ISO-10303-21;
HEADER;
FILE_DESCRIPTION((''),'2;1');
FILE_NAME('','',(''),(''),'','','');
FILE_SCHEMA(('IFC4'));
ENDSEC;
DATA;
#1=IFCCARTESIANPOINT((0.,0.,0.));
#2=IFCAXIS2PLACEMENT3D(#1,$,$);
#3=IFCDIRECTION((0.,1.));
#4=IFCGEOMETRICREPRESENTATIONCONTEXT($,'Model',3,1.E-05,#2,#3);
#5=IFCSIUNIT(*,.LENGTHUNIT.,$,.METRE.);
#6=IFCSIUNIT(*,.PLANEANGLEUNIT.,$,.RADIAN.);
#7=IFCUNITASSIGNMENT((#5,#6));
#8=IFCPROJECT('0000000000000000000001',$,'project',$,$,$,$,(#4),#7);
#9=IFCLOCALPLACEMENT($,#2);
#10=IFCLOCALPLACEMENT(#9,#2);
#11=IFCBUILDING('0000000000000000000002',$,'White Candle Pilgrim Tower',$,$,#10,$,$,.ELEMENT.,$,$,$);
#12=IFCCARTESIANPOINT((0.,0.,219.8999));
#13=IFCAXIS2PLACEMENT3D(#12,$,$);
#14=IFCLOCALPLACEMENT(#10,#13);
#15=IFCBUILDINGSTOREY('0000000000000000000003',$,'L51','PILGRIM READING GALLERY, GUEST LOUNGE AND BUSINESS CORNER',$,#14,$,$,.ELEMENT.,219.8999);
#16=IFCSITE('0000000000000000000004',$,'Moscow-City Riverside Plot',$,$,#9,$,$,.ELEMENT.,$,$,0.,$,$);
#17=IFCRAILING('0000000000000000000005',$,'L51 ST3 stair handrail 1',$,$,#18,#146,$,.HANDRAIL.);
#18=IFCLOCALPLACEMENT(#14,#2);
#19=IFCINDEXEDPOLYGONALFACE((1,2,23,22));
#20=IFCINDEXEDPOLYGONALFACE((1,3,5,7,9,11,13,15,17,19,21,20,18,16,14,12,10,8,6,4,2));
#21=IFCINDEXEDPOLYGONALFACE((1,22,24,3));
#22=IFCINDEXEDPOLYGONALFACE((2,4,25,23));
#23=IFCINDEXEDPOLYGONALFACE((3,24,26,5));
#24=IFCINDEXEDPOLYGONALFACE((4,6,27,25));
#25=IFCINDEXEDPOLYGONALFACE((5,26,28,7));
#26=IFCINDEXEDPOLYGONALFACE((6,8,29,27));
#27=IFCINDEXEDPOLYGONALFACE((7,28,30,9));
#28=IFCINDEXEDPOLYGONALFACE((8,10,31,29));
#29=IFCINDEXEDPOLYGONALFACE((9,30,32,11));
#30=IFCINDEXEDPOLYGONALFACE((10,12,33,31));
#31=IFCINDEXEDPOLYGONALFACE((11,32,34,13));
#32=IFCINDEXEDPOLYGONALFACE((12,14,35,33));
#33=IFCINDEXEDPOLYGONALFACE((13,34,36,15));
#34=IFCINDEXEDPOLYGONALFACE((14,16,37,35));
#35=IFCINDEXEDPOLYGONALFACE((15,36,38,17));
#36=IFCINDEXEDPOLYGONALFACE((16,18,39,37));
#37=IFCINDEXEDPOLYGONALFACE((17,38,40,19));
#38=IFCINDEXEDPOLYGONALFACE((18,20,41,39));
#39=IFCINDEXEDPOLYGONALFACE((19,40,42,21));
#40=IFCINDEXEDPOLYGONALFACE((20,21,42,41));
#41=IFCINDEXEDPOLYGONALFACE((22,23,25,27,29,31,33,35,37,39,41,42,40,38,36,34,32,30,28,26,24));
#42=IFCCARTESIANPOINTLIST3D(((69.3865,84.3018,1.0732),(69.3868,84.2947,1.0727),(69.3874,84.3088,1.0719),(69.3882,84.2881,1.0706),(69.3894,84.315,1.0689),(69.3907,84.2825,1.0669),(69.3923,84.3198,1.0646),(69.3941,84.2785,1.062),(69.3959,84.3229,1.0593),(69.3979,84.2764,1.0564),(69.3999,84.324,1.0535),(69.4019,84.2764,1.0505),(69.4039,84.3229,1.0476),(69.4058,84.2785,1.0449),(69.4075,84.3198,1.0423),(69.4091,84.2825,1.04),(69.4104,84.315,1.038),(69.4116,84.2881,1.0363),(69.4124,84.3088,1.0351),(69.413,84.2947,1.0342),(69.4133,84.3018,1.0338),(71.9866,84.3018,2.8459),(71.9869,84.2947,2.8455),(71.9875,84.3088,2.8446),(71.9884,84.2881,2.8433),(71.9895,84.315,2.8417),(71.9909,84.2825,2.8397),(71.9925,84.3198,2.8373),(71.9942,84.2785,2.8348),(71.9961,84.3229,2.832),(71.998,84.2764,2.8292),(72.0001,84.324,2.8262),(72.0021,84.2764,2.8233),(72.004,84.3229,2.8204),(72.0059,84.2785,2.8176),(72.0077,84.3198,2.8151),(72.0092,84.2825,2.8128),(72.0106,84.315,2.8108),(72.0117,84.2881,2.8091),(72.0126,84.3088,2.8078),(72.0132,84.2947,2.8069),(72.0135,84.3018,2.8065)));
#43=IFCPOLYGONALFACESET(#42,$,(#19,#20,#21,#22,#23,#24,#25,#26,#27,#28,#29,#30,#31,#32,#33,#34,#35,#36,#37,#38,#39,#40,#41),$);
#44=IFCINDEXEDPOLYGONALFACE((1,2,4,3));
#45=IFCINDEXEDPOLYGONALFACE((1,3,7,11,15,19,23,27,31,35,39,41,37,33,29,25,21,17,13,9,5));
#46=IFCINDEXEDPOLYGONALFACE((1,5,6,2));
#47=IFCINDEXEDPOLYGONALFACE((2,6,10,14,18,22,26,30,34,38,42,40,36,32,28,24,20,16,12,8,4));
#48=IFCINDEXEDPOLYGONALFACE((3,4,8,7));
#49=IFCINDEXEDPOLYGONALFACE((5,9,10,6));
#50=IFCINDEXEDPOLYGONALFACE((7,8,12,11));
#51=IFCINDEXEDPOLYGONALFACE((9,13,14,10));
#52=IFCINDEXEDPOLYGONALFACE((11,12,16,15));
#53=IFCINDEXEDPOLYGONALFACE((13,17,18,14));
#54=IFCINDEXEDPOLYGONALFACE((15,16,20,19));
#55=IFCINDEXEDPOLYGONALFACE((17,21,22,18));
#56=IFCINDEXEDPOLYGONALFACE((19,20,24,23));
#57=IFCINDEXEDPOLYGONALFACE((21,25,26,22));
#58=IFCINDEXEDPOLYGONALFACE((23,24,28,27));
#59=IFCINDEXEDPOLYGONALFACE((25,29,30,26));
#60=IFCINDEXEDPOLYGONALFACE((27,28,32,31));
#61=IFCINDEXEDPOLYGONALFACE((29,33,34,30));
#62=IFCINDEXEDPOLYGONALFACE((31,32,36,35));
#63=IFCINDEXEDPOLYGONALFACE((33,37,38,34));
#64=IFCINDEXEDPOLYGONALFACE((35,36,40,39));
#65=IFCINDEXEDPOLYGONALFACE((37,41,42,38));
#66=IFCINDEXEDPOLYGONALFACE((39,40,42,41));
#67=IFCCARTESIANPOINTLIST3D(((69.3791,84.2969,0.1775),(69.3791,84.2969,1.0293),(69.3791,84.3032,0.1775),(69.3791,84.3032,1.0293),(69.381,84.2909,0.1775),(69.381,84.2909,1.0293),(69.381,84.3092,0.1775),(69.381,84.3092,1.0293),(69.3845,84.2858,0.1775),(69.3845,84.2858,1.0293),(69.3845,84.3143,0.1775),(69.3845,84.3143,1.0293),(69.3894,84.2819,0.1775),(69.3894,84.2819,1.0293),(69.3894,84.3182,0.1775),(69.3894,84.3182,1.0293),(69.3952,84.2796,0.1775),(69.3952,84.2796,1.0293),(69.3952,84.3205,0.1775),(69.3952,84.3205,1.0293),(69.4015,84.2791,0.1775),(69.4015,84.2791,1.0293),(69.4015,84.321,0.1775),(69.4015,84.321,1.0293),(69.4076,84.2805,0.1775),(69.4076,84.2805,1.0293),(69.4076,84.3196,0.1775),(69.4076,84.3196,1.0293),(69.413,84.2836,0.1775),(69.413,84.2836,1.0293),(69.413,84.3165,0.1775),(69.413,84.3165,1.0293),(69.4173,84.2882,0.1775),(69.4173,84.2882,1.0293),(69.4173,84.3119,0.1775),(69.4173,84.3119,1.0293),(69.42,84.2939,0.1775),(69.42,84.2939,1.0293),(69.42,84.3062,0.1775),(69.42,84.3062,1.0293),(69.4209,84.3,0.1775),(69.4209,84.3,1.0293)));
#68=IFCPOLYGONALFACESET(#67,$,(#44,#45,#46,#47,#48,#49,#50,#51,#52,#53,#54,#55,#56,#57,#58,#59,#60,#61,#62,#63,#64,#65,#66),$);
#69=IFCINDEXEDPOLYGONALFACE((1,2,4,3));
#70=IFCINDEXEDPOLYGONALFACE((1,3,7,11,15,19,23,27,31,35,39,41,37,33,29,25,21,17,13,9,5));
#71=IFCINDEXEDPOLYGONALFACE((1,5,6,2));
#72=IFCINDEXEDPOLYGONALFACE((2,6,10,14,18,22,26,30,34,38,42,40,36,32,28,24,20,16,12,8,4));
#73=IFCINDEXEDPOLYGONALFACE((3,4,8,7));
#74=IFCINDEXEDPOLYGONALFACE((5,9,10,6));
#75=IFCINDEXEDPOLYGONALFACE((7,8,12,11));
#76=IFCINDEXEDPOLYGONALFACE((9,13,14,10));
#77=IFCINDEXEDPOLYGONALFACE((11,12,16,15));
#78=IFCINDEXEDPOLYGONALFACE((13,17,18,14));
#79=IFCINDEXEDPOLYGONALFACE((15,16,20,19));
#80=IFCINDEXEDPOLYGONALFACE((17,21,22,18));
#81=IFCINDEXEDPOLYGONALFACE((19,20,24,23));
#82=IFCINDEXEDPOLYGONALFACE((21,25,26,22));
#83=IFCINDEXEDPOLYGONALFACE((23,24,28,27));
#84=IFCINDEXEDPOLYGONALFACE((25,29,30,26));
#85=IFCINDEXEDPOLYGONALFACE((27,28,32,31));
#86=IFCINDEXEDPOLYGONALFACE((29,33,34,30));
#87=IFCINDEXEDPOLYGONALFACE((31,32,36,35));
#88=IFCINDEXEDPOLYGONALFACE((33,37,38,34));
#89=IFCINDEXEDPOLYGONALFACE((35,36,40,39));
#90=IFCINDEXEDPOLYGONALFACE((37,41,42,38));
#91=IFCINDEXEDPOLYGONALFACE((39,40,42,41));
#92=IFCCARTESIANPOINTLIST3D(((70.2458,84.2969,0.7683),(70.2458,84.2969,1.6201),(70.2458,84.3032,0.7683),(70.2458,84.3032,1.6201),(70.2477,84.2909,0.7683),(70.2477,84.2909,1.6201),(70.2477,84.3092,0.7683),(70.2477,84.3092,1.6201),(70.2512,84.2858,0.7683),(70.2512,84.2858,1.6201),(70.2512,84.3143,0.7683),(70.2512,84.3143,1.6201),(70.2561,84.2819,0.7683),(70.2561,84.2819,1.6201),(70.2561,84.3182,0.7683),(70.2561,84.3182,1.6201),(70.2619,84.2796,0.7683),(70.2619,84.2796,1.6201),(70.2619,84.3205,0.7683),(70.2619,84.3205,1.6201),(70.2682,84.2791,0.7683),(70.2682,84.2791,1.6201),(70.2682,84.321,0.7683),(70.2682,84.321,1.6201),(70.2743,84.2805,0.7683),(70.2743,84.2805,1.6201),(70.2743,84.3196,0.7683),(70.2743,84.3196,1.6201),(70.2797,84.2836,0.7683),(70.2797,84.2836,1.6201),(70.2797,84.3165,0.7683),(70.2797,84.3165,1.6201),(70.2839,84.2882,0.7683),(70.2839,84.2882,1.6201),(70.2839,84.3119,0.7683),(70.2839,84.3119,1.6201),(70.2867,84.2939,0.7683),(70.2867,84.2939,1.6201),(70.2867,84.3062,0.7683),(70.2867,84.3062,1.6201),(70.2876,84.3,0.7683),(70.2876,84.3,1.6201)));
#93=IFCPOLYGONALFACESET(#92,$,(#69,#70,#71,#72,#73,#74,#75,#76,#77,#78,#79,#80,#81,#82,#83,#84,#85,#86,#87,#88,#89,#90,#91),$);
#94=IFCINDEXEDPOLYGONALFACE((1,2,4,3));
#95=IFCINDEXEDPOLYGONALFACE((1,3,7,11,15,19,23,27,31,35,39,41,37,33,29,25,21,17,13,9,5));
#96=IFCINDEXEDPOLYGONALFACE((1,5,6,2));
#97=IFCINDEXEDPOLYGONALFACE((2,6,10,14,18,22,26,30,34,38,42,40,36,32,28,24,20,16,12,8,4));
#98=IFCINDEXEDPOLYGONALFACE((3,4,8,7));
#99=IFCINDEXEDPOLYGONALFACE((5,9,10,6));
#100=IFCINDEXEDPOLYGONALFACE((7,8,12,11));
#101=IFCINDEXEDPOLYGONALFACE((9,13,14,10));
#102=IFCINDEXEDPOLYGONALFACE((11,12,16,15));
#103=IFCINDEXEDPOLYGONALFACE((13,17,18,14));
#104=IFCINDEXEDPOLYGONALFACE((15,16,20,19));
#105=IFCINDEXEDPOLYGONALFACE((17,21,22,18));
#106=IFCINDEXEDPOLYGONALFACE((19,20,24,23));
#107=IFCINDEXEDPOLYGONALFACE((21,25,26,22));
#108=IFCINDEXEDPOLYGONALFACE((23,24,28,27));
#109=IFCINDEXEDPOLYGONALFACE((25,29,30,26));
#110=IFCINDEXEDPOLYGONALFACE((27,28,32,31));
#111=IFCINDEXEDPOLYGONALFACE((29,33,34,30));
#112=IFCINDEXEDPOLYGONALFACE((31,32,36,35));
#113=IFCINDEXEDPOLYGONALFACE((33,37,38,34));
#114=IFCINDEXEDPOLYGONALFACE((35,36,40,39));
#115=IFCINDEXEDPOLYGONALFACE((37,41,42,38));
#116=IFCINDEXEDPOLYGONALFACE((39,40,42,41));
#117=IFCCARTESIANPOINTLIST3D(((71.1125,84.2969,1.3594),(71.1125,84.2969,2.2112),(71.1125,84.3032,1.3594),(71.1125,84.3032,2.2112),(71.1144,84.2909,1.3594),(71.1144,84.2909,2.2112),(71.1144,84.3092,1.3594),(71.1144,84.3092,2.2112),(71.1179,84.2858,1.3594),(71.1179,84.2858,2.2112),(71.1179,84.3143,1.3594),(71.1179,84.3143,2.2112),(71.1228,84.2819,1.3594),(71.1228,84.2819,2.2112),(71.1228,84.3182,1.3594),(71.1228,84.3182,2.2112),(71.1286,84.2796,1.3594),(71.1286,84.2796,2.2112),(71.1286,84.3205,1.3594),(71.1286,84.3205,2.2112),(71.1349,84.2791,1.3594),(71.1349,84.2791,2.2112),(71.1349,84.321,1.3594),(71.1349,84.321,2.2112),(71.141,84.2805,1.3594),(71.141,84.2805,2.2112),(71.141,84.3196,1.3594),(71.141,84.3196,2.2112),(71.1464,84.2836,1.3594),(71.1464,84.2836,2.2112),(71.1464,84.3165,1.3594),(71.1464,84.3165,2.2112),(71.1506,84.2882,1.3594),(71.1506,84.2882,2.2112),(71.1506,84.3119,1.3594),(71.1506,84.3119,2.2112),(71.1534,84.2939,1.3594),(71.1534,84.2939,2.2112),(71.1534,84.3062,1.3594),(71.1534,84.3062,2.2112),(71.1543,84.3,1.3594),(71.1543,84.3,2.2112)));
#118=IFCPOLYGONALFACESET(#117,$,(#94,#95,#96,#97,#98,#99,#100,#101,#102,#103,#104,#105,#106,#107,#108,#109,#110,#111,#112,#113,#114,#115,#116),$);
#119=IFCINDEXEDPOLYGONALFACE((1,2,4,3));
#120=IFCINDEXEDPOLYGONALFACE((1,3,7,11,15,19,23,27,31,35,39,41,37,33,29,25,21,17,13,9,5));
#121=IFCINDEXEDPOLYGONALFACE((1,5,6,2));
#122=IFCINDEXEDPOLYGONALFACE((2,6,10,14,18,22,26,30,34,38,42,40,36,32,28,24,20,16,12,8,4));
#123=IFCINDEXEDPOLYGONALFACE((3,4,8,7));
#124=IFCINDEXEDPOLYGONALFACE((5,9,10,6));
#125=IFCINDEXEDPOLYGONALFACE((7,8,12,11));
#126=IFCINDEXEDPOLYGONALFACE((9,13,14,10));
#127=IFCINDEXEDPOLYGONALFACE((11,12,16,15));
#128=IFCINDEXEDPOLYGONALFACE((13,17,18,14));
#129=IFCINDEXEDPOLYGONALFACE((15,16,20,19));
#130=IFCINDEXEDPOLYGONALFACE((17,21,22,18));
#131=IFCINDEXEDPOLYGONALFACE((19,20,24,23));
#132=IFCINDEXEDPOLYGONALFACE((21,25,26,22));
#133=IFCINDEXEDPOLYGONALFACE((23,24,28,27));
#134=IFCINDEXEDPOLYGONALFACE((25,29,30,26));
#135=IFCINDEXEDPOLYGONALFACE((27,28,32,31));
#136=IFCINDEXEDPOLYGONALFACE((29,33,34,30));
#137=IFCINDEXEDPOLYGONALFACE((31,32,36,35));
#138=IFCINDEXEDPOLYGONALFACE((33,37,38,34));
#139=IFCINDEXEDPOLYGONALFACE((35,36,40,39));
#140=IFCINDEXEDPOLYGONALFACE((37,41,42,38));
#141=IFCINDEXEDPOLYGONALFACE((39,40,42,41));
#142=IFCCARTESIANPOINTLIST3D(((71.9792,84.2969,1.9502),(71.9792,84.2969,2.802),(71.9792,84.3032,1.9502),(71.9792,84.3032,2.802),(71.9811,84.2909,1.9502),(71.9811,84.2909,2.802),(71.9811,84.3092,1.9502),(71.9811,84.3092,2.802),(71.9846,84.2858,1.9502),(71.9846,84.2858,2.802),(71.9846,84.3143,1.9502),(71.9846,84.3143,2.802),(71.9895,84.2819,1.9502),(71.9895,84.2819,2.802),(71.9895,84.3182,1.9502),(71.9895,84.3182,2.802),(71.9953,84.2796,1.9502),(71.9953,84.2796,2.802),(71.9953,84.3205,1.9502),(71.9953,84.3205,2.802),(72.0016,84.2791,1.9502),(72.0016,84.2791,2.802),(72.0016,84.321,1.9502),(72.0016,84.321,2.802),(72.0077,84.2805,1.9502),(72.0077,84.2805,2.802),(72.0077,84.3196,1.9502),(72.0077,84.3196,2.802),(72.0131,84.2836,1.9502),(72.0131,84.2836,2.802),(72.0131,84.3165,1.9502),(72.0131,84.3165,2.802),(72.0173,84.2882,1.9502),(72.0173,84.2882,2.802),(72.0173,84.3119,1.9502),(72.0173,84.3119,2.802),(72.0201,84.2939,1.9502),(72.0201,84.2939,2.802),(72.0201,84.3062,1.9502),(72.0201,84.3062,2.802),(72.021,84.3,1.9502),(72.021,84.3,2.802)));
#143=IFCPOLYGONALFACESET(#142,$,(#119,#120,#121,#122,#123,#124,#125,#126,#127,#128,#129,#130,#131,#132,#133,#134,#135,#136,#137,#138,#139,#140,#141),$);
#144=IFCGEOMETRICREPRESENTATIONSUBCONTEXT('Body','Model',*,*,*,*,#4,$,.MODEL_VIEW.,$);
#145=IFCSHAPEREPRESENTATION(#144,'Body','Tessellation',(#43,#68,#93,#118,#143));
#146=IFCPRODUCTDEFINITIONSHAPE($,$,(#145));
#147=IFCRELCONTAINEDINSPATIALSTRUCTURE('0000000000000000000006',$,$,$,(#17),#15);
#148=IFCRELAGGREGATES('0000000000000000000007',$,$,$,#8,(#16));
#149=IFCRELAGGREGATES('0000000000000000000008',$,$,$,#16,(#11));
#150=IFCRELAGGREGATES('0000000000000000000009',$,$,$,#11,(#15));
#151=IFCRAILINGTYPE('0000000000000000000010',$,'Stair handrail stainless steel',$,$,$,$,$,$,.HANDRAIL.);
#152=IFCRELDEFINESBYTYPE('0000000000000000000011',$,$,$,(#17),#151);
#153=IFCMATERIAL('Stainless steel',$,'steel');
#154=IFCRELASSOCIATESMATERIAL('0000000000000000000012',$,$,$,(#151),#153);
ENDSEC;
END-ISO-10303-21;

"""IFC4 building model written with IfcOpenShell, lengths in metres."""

from ifc_helpers import new_model, si_unit, direction, frame, origin, origin_2d, place, context, subcontext, project, spatial, circle, extrude, material, type_object, element, save


model = new_model("IFC4")

# Units and contexts
model_context = context("Model", 3, precision=1e-05, world=origin(), true_north=direction((0.0, 1.0)))
body_context = subcontext(model_context, "Body", "Model", "MODEL_VIEW")
ifc_project = project(units=[si_unit("LENGTHUNIT", "METRE"), si_unit("PLANEANGLEUNIT", "RADIAN")], contexts=[model_context])

# Site, building, storey
site_placement = place(None, origin())
site = spatial("IfcSite", under=ifc_project, at=site_placement, Name="Moscow-City Riverside Plot", CompositionType="ELEMENT", RefElevation=0.0)
building_placement = place(site_placement, origin())
building = spatial("IfcBuilding", under=site, at=building_placement, Name="White Candle Pilgrim Tower", CompositionType="ELEMENT")
storey_placement = place(building_placement, frame((0.0, 0.0, 219.8999)))
storey = spatial("IfcBuildingStorey", under=building, at=storey_placement, Name="L51", Description="PILGRIM READING GALLERY, GUEST LOUNGE AND BUSINESS CORNER", CompositionType="ELEMENT", Elevation=219.8999)

# Railing
ifc_material_1 = material(Name="Stainless steel", Category="steel")
railing_type_1 = type_object("IfcRailingType", Name="Stair handrail stainless steel", PredefinedType="HANDRAIL", material=ifc_material_1)
railing_1_placement = place(storey_placement, frame((69.3999, 84.3, 0.1775)))
element("IfcRailing", 1, at=railing_1_placement, inside=storey, type_object=railing_type_1, Name="L51 ST3 stair handrail 1", PredefinedType="HANDRAIL", context=body_context, shape_type="SweptSolid", body=[
    extrude(circle(Radius=0.0239, at=origin_2d()), frame((0.0, 0.0, 0.876), z_axis=(0.82624, 0.0, 0.563318), x_axis=(0.0, 1.0, 0.0)), (0.0, 0.0, 1.0), 3.147),
    extrude(circle(Radius=0.021, at=origin_2d()), origin(), (0.0, 0.0, 1.0), 0.8518),
    extrude(circle(Radius=0.021, at=origin_2d()), frame((0.8667, 0.0, 0.5908)), (0.0, 0.0, 1.0), 0.8518),
    extrude(circle(Radius=0.021, at=origin_2d()), frame((1.7334, 0.0, 1.1819)), (0.0, 0.0, 1.0), 0.8518),
    extrude(circle(Radius=0.021, at=origin_2d()), frame((2.6001, 0.0, 1.7727)), (0.0, 0.0, 1.0), 0.8518),
])

save(model, "model.ifc")
